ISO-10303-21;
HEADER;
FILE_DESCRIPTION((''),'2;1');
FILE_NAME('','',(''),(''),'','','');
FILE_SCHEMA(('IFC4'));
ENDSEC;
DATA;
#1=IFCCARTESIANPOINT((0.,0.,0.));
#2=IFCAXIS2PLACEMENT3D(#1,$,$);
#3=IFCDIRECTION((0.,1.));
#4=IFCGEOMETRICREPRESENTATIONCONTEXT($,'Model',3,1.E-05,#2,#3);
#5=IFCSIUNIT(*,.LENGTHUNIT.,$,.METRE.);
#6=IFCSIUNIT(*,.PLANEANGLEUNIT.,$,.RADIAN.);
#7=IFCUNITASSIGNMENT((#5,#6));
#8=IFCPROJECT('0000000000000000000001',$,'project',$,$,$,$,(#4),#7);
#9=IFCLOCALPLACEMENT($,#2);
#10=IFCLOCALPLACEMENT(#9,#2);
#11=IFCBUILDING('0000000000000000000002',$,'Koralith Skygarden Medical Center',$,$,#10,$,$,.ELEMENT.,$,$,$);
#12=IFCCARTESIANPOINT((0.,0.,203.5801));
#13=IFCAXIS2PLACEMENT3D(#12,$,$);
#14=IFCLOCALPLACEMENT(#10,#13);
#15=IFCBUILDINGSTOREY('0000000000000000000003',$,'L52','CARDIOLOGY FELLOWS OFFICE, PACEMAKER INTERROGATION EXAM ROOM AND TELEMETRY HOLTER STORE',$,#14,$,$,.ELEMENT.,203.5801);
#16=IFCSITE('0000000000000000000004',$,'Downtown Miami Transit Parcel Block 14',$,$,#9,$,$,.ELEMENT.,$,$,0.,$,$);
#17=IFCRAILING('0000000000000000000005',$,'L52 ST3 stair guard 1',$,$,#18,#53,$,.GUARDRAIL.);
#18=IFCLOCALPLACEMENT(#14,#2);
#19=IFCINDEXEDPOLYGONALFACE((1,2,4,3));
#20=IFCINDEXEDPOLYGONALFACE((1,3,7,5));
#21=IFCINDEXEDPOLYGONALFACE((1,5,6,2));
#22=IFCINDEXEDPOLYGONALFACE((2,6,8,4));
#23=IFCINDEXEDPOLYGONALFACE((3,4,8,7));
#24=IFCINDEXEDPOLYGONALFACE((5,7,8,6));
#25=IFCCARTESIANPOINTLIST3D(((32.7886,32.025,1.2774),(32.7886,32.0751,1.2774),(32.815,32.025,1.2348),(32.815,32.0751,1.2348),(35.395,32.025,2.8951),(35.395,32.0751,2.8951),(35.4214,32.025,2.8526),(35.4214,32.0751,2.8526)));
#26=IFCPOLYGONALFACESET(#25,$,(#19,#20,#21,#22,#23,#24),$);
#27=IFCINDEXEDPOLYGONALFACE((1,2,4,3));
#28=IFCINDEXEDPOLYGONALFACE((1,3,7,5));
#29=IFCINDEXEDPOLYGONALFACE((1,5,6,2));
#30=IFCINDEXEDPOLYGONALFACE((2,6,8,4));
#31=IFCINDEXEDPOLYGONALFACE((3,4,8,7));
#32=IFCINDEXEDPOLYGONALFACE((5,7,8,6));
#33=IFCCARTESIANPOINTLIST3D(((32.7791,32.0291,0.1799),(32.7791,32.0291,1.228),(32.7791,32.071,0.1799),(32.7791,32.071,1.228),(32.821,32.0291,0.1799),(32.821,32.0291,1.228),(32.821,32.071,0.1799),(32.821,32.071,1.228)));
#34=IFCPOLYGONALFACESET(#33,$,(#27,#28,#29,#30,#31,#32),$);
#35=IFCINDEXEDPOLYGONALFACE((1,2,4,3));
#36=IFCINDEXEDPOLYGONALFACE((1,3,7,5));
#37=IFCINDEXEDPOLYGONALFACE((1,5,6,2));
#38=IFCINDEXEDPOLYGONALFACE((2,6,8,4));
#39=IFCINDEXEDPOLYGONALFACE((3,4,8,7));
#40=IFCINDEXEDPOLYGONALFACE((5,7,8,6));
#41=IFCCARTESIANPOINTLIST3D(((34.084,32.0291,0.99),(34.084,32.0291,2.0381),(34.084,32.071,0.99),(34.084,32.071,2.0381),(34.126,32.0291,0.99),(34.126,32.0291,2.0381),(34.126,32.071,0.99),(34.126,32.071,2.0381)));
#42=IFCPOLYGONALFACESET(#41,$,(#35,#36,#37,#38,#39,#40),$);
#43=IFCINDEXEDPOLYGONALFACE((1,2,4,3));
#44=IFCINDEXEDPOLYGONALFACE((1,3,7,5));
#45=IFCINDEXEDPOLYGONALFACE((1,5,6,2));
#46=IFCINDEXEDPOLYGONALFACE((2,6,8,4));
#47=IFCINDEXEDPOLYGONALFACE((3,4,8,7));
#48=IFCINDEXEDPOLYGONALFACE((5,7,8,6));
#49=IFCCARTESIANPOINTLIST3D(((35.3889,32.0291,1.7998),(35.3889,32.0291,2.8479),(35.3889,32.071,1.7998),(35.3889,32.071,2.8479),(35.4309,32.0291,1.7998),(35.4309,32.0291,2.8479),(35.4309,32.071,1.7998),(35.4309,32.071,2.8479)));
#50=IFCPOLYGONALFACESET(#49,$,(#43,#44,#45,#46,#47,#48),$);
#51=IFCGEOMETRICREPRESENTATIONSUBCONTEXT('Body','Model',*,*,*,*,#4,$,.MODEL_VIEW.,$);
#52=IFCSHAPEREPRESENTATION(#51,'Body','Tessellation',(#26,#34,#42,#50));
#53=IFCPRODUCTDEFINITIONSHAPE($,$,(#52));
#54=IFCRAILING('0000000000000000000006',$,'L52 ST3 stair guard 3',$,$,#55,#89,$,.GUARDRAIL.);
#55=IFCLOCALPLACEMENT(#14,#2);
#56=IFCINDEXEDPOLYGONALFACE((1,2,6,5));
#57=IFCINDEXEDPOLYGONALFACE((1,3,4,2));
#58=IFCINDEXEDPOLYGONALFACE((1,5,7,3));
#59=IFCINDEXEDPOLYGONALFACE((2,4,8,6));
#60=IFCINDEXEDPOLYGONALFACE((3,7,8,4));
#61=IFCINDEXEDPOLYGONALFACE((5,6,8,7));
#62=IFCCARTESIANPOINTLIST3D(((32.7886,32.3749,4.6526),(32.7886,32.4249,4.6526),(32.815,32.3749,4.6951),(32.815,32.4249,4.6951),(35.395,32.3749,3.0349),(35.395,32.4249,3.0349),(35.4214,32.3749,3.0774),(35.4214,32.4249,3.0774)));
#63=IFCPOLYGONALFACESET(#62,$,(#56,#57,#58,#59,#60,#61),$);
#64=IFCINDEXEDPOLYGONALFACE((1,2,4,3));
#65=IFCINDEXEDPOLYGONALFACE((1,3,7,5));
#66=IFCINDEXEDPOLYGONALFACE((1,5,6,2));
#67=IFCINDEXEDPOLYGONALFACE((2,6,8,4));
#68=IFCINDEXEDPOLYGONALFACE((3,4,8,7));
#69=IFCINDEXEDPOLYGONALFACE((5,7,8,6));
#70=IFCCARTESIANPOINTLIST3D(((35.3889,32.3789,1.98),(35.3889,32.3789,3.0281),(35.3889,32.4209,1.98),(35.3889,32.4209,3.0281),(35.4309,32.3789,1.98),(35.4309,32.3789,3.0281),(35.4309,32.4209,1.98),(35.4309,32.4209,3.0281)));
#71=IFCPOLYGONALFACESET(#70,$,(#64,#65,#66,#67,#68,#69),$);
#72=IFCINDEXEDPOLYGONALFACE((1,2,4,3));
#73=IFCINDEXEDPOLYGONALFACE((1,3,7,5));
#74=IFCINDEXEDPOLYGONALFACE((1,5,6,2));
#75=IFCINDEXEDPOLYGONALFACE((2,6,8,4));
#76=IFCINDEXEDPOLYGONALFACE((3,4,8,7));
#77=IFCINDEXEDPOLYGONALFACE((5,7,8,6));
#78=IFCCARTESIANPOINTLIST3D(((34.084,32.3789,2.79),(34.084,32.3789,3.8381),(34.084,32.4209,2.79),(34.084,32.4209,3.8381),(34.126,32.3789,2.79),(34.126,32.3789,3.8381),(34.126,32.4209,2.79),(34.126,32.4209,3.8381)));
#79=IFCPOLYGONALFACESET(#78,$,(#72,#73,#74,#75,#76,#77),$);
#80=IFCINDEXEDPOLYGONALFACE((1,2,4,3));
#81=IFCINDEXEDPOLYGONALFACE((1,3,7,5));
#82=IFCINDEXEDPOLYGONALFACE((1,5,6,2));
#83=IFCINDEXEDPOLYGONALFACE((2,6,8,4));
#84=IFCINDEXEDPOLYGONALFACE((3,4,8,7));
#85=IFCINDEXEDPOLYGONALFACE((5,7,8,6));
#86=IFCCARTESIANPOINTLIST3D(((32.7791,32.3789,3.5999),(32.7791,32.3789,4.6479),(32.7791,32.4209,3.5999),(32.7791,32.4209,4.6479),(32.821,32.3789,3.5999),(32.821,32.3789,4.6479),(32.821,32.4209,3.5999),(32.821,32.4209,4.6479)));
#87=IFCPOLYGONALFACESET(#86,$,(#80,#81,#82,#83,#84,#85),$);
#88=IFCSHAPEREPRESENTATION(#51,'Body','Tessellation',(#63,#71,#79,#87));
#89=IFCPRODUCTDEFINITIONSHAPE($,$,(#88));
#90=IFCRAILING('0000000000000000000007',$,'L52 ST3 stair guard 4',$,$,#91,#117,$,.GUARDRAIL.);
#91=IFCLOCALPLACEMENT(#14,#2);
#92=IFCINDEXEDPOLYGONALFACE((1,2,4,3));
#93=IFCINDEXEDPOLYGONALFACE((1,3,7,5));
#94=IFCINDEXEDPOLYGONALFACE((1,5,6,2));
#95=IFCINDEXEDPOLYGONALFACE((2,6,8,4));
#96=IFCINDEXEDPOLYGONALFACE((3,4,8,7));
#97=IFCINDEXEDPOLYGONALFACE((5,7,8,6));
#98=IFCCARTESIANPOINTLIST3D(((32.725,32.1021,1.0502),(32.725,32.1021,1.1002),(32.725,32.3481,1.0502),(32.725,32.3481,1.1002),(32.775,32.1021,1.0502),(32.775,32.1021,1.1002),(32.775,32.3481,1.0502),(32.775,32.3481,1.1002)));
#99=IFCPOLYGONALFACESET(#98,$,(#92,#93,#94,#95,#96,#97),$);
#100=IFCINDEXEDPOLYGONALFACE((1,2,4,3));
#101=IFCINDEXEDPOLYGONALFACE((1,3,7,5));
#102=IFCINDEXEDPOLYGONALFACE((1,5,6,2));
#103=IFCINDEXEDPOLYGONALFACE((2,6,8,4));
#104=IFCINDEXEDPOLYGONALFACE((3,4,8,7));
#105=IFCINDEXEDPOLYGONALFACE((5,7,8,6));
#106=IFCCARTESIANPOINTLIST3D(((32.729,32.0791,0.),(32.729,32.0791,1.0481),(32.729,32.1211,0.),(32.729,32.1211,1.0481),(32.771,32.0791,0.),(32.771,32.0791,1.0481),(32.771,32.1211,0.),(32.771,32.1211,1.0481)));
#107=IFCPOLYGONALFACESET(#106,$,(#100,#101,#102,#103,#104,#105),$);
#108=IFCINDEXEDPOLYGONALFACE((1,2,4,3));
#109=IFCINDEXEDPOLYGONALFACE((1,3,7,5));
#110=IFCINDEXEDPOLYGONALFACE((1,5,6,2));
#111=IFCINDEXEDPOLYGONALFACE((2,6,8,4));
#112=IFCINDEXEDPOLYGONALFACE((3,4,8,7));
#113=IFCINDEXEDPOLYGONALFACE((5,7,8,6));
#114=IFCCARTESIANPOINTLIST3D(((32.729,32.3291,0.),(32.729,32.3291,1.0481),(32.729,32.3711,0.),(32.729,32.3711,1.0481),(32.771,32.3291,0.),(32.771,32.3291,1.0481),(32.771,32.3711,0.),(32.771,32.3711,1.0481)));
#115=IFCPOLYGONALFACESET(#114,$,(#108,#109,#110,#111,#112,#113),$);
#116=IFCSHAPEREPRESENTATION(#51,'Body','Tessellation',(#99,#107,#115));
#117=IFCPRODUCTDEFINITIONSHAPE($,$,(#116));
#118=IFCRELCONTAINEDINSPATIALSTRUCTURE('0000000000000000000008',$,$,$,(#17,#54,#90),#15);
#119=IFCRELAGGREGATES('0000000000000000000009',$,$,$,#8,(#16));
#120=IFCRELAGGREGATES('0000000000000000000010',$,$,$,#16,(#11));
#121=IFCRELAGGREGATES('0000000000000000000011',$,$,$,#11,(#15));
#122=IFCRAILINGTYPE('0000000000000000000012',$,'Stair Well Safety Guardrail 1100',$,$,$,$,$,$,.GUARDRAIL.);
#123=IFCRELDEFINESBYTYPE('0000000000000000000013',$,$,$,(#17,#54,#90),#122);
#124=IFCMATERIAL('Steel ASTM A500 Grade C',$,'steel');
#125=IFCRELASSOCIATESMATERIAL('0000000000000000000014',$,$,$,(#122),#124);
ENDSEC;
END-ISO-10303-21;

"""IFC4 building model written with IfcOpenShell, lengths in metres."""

from ifc_helpers import new_model, si_unit, direction, frame, origin, origin_2d, place, context, subcontext, project, spatial, rectangle, extrude, material, type_object, element, save


model = new_model("IFC4")

# Units and contexts
model_context = context("Model", 3, precision=1e-05, world=origin(), true_north=direction((0.0, 1.0)))
body_context = subcontext(model_context, "Body", "Model", "MODEL_VIEW")
ifc_project = project(units=[si_unit("LENGTHUNIT", "METRE"), si_unit("PLANEANGLEUNIT", "RADIAN")], contexts=[model_context])

# Site, building, storey
site_placement = place(None, origin())
site = spatial("IfcSite", under=ifc_project, at=site_placement, Name="Downtown Miami Transit Parcel Block 14", CompositionType="ELEMENT", RefElevation=0.0)
building_placement = place(site_placement, origin())
building = spatial("IfcBuilding", under=site, at=building_placement, Name="Koralith Skygarden Medical Center", CompositionType="ELEMENT")
storey_placement = place(building_placement, frame((0.0, 0.0, 203.5801)))
storey = spatial("IfcBuildingStorey", under=building, at=storey_placement, Name="L52", Description="CARDIOLOGY FELLOWS OFFICE, PACEMAKER INTERROGATION EXAM ROOM AND TELEMETRY HOLTER STORE", CompositionType="ELEMENT", Elevation=203.5801)

# Railings
ifc_material_1 = material(Name="Steel ASTM A500 Grade C", Category="steel")
railing_type_1 = type_object("IfcRailingType", Name="Stair Well Safety Guardrail 1100", PredefinedType="GUARDRAIL", material=ifc_material_1)
railing_1_placement = place(storey_placement, frame((32.8, 32.05, 0.1799)))
element("IfcRailing", 1, at=railing_1_placement, inside=storey, type_object=railing_type_1, Name="L52 ST3 stair guard 1", PredefinedType="GUARDRAIL", context=body_context, shape_type="SweptSolid", body=[
    extrude(rectangle(XDim=0.05, YDim=0.05, at=origin_2d()), frame((0.0017, 0.0, 1.0762), z_axis=(0.849646, 0.0, 0.527353), x_axis=(0.0, 1.0, 0.0)), (0.0, 0.0, 1.0), 3.0676),
    extrude(rectangle(XDim=0.042, YDim=0.042, at=origin_2d()), origin(), (0.0, 0.0, 1.0), 1.0481),
    extrude(rectangle(XDim=0.042, YDim=0.042, at=origin_2d()), frame((1.3049, 0.0, 0.8101)), (0.0, 0.0, 1.0), 1.0481),
    extrude(rectangle(XDim=0.042, YDim=0.042, at=origin_2d()), frame((2.6099, 0.0, 1.6199)), (0.0, 0.0, 1.0), 1.0481),
])
railing_2_placement = place(storey_placement, frame((35.4099, 32.3999, 1.98)))
element("IfcRailing", 2, at=railing_2_placement, inside=storey, type_object=railing_type_1, Name="L52 ST3 stair guard 3", PredefinedType="GUARDRAIL", context=body_context, shape_type="SweptSolid", body=[
    extrude(rectangle(XDim=0.05, YDim=0.05, at=origin_2d()), frame((-0.0017, 0.0, 1.0762), z_axis=(-0.849646, 0.0, 0.527353), x_axis=(0.0, -1.0, 0.0)), (0.0, 0.0, 1.0), 3.0676),
    extrude(rectangle(XDim=0.042, YDim=0.042, at=origin_2d()), origin(), (0.0, 0.0, 1.0), 1.0481),
    extrude(rectangle(XDim=0.042, YDim=0.042, at=origin_2d()), frame((-1.3049, 0.0, 0.8101)), (0.0, 0.0, 1.0), 1.0481),
    extrude(rectangle(XDim=0.042, YDim=0.042, at=origin_2d()), frame((-2.6099, 0.0, 1.6199)), (0.0, 0.0, 1.0), 1.0481),
])
railing_3_placement = place(storey_placement, frame((32.75, 32.1001, 0.0)))
element("IfcRailing", 3, at=railing_3_placement, inside=storey, type_object=railing_type_1, Name="L52 ST3 stair guard 4", PredefinedType="GUARDRAIL", context=body_context, shape_type="SweptSolid", body=[
    extrude(rectangle(XDim=0.05, YDim=0.05, at=origin_2d()), frame((0.0, 0.002, 1.0752), z_axis=(0.0, 1.0, 0.0), x_axis=(-1.0, 0.0, 0.0)), (0.0, 0.0, 1.0), 0.2461),
    extrude(rectangle(XDim=0.042, YDim=0.042, at=origin_2d()), origin(), (0.0, 0.0, 1.0), 1.0481),
    extrude(rectangle(XDim=0.042, YDim=0.042, at=origin_2d()), frame((0.0, 0.25, 0.0)), (0.0, 0.0, 1.0), 1.0481),
])

save(model, "model.ifc")
